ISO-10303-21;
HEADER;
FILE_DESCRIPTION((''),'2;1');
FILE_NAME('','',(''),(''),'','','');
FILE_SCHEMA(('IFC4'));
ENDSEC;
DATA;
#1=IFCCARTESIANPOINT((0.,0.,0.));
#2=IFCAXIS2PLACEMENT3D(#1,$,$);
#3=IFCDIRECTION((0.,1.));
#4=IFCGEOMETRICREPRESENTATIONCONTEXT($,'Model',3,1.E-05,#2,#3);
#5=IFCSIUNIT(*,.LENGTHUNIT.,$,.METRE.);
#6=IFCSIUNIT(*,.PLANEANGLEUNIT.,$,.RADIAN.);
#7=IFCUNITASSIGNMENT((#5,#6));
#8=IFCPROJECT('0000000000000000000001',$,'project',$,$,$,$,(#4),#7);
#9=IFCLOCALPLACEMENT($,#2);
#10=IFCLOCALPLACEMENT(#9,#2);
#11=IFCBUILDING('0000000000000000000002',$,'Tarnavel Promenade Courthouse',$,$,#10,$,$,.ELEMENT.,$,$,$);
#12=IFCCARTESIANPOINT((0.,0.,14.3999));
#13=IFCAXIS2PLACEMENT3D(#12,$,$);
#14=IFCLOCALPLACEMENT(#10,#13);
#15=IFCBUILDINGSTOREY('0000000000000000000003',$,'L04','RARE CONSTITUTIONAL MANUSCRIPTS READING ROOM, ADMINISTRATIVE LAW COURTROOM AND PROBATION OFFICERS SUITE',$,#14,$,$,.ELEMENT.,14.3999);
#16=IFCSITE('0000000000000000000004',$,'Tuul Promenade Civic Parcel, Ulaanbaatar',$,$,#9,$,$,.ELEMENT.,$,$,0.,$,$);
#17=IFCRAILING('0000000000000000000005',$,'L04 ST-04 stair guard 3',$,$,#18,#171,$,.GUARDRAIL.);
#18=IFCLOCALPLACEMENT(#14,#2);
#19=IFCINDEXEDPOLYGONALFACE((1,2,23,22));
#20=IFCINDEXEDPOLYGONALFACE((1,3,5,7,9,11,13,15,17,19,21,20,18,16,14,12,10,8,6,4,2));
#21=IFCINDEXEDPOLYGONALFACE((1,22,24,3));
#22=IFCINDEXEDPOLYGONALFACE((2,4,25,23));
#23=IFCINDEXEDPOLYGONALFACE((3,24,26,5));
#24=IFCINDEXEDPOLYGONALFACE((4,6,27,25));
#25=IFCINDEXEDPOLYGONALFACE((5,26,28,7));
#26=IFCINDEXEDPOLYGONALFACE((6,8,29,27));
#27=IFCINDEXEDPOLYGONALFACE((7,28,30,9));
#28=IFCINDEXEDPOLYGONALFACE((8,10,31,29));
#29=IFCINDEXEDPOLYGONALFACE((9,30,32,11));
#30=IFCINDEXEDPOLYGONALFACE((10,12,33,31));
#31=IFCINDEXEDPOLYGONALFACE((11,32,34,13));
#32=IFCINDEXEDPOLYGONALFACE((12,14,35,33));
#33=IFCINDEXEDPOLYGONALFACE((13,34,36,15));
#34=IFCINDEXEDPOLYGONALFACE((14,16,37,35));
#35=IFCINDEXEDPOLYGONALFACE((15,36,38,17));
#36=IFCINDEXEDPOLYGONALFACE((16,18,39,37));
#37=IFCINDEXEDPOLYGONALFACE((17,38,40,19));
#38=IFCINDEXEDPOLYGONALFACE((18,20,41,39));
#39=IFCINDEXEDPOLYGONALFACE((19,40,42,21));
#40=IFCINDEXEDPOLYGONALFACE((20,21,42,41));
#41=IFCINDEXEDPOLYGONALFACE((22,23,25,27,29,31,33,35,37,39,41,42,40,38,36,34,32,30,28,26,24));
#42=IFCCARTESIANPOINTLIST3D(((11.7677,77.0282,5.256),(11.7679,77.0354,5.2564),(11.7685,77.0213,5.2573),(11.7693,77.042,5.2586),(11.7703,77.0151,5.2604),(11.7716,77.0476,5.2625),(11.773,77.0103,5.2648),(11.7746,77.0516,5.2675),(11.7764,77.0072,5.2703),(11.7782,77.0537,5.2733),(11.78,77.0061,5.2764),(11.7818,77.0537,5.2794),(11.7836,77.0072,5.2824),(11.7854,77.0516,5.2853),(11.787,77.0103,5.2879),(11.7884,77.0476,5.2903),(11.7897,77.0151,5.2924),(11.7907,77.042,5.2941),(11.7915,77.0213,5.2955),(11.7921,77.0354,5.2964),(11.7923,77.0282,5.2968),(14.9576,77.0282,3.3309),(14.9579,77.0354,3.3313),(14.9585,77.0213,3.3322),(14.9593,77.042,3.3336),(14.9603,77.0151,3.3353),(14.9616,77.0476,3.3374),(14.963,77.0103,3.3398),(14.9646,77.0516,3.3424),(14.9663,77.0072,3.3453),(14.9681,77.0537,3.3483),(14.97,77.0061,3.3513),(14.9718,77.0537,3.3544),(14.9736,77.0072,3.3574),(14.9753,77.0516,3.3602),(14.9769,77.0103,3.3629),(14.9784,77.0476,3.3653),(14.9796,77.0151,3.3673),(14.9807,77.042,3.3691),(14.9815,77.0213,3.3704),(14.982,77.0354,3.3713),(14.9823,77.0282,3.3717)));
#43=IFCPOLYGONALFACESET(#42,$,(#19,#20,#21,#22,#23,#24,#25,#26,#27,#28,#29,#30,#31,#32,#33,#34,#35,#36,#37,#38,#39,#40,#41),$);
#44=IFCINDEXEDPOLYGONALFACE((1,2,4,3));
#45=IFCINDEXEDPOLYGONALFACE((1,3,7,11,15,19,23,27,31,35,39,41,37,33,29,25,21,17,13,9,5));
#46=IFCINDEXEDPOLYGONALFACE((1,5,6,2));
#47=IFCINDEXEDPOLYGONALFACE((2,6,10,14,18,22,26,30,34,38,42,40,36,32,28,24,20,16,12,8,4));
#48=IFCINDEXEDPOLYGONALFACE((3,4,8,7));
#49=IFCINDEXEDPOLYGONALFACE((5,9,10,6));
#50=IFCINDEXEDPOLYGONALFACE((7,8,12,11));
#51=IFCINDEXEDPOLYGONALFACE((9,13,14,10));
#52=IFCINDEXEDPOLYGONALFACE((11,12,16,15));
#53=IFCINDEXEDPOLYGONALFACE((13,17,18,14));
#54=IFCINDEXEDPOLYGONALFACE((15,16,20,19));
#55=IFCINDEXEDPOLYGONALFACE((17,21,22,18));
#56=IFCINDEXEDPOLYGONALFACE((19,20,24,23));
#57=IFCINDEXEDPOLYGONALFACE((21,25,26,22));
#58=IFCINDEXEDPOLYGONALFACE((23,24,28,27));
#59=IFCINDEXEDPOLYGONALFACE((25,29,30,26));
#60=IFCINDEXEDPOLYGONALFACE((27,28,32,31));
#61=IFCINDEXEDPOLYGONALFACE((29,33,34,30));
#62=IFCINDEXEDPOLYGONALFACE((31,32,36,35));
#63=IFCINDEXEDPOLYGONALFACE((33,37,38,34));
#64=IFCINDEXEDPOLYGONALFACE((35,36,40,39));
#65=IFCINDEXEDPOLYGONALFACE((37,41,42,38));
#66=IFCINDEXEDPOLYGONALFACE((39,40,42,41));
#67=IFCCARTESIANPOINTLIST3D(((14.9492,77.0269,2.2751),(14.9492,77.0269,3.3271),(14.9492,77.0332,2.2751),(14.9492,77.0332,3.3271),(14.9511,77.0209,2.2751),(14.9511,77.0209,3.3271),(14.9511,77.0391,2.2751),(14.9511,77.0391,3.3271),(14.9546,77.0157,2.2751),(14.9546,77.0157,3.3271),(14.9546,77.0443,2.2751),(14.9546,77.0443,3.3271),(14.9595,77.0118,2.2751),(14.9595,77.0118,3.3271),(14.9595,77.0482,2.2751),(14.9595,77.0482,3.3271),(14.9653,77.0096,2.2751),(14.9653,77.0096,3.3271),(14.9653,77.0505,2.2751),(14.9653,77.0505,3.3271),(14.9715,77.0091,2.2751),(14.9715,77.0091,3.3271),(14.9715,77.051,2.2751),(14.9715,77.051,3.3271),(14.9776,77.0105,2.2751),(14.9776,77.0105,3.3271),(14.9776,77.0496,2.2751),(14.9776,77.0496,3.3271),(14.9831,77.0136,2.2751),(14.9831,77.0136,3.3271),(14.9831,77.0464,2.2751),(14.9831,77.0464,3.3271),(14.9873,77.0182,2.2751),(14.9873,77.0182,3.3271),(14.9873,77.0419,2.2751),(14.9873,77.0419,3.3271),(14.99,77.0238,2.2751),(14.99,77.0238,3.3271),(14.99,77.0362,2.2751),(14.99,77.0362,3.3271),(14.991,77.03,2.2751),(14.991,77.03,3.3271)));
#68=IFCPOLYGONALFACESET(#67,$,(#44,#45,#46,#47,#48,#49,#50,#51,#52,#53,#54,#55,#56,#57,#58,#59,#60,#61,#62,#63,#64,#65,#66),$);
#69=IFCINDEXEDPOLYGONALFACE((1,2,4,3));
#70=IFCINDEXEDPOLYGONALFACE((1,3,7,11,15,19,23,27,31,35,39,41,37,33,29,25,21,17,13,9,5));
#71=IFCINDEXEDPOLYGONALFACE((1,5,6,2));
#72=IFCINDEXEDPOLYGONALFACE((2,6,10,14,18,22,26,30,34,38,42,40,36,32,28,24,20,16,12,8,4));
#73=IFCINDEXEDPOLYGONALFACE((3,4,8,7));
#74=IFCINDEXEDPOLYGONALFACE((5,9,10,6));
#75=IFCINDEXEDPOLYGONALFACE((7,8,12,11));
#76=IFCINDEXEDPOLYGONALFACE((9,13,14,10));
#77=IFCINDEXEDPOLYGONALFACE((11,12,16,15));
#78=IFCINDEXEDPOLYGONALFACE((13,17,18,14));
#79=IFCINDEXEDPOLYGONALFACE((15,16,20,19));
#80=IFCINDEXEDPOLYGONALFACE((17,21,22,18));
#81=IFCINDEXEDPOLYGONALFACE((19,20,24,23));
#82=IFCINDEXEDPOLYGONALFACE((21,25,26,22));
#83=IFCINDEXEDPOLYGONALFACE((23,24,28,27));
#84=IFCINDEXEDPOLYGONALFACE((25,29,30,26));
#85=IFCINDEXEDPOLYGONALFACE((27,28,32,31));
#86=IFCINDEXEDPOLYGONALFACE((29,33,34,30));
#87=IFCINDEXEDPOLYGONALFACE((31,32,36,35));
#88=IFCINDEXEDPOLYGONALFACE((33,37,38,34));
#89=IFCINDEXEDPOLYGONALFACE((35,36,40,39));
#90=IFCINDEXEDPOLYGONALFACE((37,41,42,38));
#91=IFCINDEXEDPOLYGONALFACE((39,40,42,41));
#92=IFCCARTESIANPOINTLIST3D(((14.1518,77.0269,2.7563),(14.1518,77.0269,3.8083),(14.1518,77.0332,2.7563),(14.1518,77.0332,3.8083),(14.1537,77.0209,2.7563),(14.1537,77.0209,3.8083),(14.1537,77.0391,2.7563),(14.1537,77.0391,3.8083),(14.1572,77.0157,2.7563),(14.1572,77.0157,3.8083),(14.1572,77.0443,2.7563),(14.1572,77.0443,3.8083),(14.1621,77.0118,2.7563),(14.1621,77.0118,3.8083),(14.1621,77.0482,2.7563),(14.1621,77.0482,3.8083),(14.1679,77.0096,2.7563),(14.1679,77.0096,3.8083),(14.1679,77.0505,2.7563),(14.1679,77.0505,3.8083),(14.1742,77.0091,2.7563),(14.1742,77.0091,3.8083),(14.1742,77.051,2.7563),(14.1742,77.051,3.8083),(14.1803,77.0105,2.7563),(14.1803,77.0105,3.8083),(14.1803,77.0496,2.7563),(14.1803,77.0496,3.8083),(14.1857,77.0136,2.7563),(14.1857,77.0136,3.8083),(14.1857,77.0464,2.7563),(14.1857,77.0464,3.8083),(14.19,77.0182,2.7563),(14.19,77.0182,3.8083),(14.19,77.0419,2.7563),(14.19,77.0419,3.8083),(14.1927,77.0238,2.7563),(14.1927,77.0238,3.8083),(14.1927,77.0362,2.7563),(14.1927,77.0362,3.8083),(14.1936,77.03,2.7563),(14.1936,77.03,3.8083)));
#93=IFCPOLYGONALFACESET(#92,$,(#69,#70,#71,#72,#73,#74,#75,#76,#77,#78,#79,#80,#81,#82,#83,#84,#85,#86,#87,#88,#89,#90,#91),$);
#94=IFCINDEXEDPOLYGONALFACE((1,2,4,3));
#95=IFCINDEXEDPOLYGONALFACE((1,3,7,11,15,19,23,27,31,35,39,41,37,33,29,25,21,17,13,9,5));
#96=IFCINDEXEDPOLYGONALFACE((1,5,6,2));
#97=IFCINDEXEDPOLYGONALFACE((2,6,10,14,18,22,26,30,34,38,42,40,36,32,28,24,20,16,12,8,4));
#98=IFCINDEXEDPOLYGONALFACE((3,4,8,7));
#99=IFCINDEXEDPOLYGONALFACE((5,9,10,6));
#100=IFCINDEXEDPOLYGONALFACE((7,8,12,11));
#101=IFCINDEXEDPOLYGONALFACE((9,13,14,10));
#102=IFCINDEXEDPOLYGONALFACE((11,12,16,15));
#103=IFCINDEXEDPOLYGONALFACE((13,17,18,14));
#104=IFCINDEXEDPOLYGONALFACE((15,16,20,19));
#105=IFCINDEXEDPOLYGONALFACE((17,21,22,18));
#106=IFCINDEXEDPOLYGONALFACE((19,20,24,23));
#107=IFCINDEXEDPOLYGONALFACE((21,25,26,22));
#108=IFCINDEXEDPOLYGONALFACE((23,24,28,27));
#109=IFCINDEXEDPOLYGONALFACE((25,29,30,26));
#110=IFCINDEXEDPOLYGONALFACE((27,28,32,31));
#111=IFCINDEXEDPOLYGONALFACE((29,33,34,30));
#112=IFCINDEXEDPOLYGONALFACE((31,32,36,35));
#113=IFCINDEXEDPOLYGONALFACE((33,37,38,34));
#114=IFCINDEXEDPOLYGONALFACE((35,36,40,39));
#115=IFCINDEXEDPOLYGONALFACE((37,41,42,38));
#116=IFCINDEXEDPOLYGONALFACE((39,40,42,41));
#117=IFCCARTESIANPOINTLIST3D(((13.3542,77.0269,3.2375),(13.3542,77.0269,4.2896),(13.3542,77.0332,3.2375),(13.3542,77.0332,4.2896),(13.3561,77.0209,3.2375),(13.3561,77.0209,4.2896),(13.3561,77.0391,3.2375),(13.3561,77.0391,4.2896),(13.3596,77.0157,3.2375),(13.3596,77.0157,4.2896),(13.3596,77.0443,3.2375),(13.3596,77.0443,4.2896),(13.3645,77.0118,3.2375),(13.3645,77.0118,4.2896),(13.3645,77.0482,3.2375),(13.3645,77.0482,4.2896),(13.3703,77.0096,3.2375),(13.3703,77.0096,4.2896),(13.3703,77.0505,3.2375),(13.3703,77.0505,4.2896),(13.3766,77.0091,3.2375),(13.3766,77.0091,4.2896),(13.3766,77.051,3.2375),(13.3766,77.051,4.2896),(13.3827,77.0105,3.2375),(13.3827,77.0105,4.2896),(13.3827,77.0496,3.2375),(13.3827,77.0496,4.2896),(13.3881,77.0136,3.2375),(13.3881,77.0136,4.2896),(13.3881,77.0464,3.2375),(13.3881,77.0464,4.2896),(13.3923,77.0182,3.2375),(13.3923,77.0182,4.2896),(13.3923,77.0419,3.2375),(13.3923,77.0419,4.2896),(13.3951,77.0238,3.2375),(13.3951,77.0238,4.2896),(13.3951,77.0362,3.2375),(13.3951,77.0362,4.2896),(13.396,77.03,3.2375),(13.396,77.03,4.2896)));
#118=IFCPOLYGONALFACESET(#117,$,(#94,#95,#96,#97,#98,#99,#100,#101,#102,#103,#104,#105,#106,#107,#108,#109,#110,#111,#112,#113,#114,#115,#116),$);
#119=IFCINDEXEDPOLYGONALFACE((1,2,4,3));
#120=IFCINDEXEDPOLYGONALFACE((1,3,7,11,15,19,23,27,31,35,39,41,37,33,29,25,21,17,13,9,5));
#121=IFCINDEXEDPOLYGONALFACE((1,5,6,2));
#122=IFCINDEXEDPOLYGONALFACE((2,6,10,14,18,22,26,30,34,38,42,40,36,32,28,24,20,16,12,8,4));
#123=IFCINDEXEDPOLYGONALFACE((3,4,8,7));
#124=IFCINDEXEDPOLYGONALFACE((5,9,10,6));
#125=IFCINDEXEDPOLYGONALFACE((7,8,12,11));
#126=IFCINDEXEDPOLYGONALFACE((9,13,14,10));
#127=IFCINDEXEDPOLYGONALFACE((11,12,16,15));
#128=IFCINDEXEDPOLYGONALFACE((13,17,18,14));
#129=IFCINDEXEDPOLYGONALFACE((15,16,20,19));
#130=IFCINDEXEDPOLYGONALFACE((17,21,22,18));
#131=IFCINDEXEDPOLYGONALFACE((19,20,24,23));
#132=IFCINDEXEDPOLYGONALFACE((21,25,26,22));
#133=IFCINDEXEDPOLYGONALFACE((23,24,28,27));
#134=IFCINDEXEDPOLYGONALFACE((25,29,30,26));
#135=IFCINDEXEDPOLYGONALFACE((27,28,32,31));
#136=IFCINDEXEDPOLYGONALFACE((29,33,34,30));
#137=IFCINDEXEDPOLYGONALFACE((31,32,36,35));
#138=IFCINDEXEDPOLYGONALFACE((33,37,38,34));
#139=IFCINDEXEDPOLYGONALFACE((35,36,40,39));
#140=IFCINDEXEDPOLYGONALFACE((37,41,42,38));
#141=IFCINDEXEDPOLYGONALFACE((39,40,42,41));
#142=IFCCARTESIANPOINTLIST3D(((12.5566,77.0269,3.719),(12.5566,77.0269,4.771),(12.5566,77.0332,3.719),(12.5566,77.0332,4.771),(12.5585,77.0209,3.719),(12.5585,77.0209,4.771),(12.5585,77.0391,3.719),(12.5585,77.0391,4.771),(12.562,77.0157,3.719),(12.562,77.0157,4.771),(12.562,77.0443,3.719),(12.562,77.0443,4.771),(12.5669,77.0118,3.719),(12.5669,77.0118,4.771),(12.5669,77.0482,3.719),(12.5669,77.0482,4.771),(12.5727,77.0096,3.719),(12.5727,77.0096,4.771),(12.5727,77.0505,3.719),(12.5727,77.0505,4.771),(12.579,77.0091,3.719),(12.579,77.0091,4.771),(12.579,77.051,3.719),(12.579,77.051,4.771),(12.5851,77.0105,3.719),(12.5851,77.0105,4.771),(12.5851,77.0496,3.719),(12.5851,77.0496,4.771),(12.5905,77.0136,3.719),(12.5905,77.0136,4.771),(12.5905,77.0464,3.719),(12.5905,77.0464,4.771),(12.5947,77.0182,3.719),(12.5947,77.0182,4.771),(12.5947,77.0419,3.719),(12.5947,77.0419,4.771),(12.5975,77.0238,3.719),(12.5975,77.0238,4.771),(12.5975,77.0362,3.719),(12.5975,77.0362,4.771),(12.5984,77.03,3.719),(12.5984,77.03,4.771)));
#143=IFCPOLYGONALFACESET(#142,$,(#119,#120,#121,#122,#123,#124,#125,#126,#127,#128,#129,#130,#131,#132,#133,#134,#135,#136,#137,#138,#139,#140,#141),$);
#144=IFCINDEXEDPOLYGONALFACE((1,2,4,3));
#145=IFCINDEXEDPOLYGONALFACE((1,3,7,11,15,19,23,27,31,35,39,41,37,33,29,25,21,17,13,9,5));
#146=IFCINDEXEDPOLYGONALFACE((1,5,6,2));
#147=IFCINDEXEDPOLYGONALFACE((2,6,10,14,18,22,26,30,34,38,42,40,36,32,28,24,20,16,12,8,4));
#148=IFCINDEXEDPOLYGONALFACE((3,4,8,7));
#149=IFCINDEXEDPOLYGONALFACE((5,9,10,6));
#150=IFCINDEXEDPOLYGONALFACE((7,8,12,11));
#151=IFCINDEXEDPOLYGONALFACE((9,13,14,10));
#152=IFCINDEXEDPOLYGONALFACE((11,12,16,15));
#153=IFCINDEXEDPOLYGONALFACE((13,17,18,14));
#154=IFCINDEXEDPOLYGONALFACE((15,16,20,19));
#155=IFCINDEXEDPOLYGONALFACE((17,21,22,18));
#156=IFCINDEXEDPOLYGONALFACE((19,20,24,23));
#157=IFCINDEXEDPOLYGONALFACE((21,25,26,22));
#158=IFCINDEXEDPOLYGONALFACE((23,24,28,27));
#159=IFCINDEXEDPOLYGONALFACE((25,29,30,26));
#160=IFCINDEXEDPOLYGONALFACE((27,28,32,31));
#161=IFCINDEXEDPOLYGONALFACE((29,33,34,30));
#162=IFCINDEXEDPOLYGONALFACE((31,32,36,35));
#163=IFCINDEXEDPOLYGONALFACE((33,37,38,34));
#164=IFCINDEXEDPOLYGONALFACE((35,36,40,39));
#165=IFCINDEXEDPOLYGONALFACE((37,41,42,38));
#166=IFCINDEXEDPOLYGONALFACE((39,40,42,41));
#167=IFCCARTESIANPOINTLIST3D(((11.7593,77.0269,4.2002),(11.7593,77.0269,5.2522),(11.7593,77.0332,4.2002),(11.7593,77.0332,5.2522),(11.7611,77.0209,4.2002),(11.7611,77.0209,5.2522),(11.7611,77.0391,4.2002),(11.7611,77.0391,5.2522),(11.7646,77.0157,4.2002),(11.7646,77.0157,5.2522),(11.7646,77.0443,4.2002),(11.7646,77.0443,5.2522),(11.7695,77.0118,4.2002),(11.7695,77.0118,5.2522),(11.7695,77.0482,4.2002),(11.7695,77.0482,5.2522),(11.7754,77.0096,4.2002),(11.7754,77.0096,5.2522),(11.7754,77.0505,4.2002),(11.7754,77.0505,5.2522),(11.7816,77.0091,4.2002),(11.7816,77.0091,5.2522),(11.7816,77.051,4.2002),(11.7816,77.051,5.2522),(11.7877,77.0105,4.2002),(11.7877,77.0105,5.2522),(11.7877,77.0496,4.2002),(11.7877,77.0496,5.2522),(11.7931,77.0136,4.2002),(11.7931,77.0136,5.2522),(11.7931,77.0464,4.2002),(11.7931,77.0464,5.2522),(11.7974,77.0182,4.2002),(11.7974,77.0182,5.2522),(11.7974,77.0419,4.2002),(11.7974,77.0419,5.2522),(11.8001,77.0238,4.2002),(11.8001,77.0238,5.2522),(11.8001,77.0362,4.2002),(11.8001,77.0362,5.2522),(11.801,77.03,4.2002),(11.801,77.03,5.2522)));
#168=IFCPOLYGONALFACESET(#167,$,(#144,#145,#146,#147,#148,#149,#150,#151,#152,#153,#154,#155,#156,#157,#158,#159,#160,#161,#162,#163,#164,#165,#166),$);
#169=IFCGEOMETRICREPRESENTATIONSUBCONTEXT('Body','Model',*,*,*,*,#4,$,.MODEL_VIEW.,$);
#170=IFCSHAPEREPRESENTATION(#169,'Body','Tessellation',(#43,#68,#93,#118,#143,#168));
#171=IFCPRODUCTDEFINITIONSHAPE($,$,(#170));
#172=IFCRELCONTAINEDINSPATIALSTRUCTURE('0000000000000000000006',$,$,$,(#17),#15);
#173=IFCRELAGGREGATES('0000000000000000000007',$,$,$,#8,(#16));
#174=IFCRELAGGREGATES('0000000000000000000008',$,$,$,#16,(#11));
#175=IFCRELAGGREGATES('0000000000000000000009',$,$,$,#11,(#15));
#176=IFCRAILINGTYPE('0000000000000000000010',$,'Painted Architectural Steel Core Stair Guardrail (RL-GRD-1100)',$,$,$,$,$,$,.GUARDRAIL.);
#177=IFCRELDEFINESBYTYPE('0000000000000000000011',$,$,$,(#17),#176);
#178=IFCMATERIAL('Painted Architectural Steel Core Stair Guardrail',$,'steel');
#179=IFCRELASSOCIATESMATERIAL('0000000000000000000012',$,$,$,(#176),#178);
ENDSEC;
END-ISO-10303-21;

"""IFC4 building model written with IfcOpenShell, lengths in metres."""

from ifc_helpers import new_model, si_unit, direction, frame, origin, origin_2d, place, context, subcontext, project, spatial, circle, extrude, material, type_object, element, save


model = new_model("IFC4")

# Units and contexts
model_context = context("Model", 3, precision=1e-05, world=origin(), true_north=direction((0.0, 1.0)))
body_context = subcontext(model_context, "Body", "Model", "MODEL_VIEW")
ifc_project = project(units=[si_unit("LENGTHUNIT", "METRE"), si_unit("PLANEANGLEUNIT", "RADIAN")], contexts=[model_context])

# Site, building, storey
site_placement = place(None, origin())
site = spatial("IfcSite", under=ifc_project, at=site_placement, Name="Tuul Promenade Civic Parcel, Ulaanbaatar", CompositionType="ELEMENT", RefElevation=0.0)
building_placement = place(site_placement, origin())
building = spatial("IfcBuilding", under=site, at=building_placement, Name="Tarnavel Promenade Courthouse", CompositionType="ELEMENT")
storey_placement = place(building_placement, frame((0.0, 0.0, 14.3999)))
storey = spatial("IfcBuildingStorey", under=building, at=storey_placement, Name="L04", Description="RARE CONSTITUTIONAL MANUSCRIPTS READING ROOM, ADMINISTRATIVE LAW COURTROOM AND PROBATION OFFICERS SUITE", CompositionType="ELEMENT", Elevation=14.3999)

# Railing
ifc_material_1 = material(Name="Painted Architectural Steel Core Stair Guardrail", Category="steel")
railing_type_1 = type_object("IfcRailingType", Name="Painted Architectural Steel Core Stair Guardrail (RL-GRD-1100)", PredefinedType="GUARDRAIL", material=ifc_material_1)
railing_1_placement = place(storey_placement, frame((14.97, 77.03, 2.2751)))
element("IfcRailing", 1, at=railing_1_placement, inside=storey, type_object=railing_type_1, Name="L04 ST-04 stair guard 3", PredefinedType="GUARDRAIL", context=body_context, shape_type="SweptSolid", body=[
    extrude(circle(Radius=0.0239, at=origin_2d()), frame((0.0, 0.0, 1.0762), z_axis=(-0.856178, 0.0, 0.516682), x_axis=(0.0, -1.0, 0.0)), (0.0, 0.0, 1.0), 3.7258),
    extrude(circle(Radius=0.021, at=origin_2d()), origin(), (0.0, 0.0, 1.0), 1.052),
    extrude(circle(Radius=0.021, at=origin_2d()), frame((-0.7974, 0.0, 0.4812)), (0.0, 0.0, 1.0), 1.052),
    extrude(circle(Radius=0.021, at=origin_2d()), frame((-1.595, 0.0, 0.9624)), (0.0, 0.0, 1.0), 1.052),
    extrude(circle(Radius=0.021, at=origin_2d()), frame((-2.3926, 0.0, 1.4438)), (0.0, 0.0, 1.0), 1.052),
    extrude(circle(Radius=0.021, at=origin_2d()), frame((-3.1899, 0.0, 1.925)), (0.0, 0.0, 1.0), 1.052),
])

save(model, "model.ifc")
